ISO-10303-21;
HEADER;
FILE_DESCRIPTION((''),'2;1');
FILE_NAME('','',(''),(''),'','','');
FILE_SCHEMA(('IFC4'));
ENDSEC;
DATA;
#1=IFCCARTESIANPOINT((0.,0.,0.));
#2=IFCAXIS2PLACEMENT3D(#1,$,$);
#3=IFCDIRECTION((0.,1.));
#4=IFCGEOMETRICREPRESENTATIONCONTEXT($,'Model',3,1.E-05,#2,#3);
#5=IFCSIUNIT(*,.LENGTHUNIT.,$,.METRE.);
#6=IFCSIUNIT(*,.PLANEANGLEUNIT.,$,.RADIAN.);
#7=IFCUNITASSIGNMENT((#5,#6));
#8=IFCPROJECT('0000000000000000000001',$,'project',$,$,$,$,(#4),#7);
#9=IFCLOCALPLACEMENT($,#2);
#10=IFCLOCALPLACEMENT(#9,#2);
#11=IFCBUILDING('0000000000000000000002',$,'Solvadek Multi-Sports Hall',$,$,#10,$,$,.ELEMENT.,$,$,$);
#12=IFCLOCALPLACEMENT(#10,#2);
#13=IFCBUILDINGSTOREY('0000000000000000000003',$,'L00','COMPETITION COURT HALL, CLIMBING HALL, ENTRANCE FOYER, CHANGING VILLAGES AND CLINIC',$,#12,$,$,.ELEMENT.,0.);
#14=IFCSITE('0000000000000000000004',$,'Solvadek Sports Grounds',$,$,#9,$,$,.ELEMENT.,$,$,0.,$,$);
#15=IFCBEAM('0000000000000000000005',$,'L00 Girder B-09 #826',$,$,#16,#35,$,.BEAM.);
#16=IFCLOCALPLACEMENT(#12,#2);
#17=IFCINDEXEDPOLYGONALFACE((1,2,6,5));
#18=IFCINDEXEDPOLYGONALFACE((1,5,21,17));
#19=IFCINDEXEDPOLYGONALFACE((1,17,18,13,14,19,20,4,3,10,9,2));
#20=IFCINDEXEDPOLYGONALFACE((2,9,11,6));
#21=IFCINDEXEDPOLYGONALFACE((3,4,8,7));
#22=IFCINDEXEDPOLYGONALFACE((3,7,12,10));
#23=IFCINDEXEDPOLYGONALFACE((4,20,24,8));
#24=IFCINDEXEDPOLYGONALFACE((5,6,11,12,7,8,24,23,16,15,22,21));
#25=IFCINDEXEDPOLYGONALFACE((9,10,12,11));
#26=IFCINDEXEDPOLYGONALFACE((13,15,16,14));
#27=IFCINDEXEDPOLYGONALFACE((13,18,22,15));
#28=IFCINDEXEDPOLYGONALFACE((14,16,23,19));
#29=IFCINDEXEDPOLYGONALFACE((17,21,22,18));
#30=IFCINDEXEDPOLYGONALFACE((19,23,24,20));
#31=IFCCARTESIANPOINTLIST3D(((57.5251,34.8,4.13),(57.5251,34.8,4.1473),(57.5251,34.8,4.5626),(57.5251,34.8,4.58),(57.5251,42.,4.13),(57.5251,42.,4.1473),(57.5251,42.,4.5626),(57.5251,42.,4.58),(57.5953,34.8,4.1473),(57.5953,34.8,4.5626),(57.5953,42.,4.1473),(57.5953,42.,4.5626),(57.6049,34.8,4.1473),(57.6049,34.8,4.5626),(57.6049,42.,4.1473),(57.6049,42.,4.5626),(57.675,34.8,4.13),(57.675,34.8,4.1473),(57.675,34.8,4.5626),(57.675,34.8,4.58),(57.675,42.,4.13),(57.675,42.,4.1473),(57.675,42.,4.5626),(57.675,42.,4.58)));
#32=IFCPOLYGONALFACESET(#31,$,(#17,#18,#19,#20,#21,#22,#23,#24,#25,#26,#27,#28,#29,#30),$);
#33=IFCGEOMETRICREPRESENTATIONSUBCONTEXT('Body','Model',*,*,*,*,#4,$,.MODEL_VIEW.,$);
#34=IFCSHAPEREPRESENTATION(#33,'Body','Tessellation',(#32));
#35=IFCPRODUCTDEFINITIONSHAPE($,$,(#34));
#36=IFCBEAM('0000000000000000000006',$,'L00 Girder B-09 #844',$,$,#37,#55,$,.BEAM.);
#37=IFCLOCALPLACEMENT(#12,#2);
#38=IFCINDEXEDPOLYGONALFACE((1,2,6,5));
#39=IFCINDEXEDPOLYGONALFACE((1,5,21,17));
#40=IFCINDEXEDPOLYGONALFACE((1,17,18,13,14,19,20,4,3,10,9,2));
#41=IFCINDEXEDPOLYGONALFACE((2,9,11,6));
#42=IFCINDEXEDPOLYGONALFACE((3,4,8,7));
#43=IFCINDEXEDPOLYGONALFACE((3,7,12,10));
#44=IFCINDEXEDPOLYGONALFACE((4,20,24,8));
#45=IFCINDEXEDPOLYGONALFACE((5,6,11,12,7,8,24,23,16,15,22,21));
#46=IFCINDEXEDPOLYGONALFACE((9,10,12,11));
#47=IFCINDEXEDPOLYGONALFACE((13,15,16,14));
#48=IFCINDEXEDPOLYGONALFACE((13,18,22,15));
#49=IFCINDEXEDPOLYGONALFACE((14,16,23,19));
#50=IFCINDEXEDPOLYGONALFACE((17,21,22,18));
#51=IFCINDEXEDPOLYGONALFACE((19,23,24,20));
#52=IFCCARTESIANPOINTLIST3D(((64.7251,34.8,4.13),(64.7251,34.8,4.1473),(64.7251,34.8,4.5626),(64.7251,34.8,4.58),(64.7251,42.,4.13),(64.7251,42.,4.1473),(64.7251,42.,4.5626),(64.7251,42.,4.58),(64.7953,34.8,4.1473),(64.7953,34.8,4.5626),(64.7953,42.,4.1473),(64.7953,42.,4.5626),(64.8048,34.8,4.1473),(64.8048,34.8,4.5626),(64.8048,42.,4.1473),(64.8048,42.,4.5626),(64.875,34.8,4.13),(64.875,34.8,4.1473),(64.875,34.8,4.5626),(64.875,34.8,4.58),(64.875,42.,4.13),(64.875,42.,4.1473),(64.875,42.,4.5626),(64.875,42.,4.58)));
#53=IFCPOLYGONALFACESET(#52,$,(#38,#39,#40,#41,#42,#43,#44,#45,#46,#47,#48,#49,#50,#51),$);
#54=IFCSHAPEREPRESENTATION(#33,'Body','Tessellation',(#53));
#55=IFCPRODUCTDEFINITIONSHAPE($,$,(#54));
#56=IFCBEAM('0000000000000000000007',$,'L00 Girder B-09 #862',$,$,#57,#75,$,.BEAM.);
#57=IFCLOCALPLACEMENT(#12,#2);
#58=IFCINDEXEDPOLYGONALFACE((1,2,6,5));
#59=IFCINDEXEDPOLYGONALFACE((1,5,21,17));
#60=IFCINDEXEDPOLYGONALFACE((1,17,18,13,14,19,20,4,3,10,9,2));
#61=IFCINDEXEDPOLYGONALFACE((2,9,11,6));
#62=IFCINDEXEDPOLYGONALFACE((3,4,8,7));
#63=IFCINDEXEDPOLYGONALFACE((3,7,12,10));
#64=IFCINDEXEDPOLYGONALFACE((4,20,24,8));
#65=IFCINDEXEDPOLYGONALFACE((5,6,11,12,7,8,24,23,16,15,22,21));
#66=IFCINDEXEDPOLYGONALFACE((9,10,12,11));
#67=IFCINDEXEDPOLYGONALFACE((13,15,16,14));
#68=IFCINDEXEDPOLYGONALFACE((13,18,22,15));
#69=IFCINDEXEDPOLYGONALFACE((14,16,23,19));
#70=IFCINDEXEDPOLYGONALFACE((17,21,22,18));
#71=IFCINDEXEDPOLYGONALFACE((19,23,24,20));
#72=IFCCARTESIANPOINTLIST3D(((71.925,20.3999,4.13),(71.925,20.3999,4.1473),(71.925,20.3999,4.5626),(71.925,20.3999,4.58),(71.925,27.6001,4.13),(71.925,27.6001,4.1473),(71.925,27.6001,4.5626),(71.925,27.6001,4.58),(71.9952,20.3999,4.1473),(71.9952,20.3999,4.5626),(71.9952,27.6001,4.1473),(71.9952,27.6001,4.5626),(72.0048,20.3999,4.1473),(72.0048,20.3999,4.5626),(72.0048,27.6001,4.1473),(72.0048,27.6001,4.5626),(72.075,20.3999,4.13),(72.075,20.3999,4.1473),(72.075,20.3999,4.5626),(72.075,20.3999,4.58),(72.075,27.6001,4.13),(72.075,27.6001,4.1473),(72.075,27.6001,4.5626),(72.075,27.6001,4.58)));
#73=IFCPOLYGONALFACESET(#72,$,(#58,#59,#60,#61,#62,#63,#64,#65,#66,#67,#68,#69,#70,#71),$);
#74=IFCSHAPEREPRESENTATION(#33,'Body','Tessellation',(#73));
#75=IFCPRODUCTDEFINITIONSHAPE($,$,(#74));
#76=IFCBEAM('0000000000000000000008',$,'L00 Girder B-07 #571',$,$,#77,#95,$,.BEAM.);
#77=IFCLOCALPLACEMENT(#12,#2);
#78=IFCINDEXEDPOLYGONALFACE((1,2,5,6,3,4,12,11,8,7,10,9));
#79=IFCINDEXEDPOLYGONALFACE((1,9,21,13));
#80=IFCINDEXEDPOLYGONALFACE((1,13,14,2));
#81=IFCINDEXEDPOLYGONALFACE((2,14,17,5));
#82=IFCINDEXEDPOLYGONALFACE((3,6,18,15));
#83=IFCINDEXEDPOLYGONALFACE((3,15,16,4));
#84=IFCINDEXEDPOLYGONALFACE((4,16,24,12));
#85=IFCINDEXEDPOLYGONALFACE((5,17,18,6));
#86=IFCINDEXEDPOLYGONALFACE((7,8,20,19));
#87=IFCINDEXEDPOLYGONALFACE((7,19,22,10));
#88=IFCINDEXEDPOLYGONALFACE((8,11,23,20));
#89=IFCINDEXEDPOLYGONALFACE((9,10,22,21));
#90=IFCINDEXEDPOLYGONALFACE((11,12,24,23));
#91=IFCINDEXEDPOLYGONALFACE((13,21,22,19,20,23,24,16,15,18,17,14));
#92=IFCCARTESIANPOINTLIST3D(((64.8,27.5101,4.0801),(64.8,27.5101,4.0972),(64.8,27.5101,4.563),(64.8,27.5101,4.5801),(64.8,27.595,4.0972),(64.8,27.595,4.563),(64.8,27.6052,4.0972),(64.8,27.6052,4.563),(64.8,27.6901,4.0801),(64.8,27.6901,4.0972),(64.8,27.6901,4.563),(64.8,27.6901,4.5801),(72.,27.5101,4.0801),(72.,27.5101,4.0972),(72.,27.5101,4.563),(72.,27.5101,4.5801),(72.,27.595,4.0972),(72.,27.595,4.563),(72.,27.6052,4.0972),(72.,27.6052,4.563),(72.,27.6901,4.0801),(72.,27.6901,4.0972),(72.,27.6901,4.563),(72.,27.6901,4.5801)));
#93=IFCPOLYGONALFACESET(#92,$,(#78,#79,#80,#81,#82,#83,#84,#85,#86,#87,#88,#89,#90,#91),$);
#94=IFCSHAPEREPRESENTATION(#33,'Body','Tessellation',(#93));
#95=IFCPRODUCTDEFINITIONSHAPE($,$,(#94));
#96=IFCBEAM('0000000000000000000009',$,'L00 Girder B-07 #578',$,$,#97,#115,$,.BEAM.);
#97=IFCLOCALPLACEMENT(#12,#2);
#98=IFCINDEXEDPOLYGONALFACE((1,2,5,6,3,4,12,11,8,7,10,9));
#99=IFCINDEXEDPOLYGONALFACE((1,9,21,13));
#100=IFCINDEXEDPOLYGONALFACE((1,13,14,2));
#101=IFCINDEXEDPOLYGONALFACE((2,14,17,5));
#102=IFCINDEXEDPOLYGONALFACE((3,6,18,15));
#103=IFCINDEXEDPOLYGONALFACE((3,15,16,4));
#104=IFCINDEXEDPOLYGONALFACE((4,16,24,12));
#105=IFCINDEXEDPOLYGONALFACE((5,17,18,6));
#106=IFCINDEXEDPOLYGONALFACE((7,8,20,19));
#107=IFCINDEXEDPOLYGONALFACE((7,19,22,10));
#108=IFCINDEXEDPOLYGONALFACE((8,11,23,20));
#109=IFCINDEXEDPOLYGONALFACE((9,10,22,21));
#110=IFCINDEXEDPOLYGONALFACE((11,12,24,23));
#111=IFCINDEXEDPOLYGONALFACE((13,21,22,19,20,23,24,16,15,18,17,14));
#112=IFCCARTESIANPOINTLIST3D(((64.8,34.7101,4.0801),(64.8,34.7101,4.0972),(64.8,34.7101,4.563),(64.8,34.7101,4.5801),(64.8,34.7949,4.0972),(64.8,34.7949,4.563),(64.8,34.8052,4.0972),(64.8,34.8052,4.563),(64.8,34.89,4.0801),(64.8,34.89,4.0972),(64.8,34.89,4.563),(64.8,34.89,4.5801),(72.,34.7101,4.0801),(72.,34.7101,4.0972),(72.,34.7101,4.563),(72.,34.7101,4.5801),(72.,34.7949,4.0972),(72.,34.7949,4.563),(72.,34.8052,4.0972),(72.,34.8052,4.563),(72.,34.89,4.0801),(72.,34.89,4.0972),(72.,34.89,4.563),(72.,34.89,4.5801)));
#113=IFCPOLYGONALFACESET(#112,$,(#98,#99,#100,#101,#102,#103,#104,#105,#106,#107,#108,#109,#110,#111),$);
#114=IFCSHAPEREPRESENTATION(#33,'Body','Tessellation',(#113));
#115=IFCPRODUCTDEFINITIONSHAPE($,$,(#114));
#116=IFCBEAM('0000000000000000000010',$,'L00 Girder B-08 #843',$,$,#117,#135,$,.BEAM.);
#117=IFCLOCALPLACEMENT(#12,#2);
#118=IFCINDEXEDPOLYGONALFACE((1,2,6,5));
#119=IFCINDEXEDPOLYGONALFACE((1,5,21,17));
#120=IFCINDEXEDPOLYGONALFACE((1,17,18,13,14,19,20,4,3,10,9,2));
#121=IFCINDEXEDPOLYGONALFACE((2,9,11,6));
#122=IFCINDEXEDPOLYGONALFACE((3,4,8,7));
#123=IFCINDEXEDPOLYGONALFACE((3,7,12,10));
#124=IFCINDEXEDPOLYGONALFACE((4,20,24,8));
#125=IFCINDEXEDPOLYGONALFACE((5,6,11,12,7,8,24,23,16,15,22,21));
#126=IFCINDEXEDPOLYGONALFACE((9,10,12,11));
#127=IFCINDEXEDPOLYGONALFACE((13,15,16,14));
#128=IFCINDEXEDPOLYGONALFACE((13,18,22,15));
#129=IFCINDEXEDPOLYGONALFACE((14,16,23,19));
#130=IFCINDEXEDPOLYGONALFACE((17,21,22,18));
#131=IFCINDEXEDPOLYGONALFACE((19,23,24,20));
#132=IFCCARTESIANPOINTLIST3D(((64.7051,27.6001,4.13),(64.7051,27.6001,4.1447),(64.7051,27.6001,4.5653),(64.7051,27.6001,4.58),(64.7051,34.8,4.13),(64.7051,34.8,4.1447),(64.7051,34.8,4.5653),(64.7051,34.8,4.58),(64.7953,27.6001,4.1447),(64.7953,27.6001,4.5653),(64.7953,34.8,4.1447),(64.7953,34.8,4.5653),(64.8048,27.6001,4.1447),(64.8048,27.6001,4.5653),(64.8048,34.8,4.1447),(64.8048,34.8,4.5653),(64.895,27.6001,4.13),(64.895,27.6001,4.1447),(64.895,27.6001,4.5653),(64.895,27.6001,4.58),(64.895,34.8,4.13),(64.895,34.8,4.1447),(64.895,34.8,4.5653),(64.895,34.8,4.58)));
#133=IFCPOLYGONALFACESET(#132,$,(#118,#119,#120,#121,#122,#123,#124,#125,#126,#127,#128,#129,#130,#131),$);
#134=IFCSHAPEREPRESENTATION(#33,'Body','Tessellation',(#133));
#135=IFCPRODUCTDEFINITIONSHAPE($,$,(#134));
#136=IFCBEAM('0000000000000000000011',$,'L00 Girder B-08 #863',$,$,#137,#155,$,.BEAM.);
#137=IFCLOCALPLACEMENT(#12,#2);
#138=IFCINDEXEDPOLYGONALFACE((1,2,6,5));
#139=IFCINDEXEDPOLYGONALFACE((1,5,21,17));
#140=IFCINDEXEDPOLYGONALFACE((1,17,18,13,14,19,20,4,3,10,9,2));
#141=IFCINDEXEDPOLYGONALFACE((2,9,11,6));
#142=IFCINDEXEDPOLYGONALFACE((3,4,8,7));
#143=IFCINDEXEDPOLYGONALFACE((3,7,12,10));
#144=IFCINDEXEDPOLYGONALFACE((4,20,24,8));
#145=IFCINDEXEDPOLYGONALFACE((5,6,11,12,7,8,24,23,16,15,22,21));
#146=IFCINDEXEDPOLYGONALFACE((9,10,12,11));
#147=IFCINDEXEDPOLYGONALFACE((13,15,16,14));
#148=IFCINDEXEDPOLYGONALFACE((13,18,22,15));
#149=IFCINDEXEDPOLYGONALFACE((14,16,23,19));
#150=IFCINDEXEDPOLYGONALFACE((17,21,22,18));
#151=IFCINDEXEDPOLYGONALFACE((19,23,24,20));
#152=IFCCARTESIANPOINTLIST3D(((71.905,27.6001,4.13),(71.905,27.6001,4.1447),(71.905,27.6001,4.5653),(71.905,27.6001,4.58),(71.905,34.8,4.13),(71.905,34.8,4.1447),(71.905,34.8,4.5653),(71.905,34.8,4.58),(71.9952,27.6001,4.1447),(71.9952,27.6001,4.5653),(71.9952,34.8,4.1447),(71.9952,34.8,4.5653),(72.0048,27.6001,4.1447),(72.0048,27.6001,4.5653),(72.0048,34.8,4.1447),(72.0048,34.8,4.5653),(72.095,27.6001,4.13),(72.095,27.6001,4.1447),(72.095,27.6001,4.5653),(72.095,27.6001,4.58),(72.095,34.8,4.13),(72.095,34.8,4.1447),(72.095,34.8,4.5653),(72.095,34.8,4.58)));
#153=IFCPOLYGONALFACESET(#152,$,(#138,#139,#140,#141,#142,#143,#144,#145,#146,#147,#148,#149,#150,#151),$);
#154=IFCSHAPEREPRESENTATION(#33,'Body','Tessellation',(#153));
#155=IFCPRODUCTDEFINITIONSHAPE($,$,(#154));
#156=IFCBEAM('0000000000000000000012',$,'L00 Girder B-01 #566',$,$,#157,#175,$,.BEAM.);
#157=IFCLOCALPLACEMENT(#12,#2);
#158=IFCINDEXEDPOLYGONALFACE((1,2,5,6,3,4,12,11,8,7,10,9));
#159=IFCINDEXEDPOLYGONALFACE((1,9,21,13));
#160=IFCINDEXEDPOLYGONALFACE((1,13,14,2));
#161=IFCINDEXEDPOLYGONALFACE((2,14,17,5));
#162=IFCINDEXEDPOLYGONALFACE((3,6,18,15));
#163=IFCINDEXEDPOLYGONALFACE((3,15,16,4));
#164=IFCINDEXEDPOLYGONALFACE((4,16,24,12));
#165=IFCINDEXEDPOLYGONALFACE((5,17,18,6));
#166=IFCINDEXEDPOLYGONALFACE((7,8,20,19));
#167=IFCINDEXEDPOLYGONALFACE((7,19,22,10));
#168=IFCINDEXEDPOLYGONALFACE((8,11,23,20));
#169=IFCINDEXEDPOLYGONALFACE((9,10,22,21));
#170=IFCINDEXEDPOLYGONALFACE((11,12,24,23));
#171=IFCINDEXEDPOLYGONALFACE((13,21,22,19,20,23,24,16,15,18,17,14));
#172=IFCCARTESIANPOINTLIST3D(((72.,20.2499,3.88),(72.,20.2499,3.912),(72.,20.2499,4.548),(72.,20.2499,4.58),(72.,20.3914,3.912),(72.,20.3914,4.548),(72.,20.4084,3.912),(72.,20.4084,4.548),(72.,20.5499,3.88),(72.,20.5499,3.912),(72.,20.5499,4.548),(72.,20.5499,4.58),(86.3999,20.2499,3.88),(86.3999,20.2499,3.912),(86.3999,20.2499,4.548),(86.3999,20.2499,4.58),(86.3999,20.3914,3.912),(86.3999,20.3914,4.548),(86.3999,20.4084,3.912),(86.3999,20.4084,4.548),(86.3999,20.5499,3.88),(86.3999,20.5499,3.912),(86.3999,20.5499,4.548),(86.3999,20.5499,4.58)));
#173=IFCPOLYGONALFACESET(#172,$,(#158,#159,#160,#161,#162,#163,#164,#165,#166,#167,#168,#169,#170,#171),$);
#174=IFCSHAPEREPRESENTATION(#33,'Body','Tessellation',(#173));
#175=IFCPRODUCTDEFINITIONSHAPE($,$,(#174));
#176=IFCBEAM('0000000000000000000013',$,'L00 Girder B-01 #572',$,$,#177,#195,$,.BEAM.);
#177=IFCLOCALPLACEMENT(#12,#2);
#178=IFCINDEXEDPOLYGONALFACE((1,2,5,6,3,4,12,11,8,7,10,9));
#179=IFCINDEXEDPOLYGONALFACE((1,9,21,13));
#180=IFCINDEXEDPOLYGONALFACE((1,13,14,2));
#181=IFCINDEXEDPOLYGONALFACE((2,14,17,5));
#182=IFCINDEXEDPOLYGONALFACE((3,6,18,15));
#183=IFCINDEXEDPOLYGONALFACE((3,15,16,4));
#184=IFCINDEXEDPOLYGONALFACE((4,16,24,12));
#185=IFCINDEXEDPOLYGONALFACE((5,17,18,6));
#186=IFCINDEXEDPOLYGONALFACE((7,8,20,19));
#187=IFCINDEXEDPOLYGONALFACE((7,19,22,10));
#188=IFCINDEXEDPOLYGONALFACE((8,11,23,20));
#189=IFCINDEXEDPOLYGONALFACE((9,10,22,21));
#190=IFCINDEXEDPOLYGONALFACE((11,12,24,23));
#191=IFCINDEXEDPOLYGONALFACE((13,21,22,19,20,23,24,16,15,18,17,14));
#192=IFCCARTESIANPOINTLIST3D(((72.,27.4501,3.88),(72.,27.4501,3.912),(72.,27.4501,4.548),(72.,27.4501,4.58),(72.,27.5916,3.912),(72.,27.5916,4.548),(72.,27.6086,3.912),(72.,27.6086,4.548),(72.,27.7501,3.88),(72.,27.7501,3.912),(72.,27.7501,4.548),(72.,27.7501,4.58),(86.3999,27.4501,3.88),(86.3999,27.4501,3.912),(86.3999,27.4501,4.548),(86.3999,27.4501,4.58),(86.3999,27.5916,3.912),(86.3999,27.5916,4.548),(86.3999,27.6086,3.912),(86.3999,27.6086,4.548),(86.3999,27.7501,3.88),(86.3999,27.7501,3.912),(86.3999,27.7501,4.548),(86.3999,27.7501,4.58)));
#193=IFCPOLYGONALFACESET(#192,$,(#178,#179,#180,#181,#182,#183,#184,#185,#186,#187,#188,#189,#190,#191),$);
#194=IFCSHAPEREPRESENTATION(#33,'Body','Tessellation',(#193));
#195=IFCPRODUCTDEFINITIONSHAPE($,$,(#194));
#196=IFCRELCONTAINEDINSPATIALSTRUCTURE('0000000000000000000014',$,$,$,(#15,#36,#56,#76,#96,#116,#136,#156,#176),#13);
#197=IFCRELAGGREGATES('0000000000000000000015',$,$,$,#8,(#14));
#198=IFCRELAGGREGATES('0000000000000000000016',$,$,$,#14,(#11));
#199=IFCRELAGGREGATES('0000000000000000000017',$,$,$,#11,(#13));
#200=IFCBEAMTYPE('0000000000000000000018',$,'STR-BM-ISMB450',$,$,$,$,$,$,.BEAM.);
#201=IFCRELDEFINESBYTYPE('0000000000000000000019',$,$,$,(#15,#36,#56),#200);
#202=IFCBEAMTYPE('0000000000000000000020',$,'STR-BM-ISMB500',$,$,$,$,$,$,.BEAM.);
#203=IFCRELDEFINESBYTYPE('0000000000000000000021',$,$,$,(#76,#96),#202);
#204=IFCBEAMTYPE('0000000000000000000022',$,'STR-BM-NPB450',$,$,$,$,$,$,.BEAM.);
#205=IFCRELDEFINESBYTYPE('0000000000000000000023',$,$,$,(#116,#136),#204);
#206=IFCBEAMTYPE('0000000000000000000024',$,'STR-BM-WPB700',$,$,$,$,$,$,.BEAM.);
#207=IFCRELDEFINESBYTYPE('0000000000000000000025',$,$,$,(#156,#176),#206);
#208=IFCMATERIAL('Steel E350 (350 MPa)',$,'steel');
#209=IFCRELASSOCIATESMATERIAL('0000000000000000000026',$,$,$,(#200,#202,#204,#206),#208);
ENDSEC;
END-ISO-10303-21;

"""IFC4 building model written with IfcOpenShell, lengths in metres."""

from ifc_helpers import new_model, si_unit, direction, frame, origin, origin_2d, place, context, subcontext, project, spatial, i_section, extrude, material, material_profile, profile_set, type_object, element, save


model = new_model("IFC4")

# Units and contexts
model_context = context("Model", 3, precision=1e-05, world=origin(), true_north=direction((0.0, 1.0)))
body_context = subcontext(model_context, "Body", "Model", "MODEL_VIEW")
ifc_project = project(units=[si_unit("LENGTHUNIT", "METRE"), si_unit("PLANEANGLEUNIT", "RADIAN")], contexts=[model_context])

# Site, building, storey
site_placement = place(None, origin())
site = spatial("IfcSite", under=ifc_project, at=site_placement, Name="Solvadek Sports Grounds", CompositionType="ELEMENT", RefElevation=0.0)
building_placement = place(site_placement, origin())
building = spatial("IfcBuilding", under=site, at=building_placement, Name="Solvadek Multi-Sports Hall", CompositionType="ELEMENT")
storey_placement = place(building_placement, origin())
storey = spatial("IfcBuildingStorey", under=building, at=storey_placement, Name="L00", Description="COMPETITION COURT HALL, CLIMBING HALL, ENTRANCE FOYER, CHANGING VILLAGES AND CLINIC", CompositionType="ELEMENT", Elevation=0.0)

# Shared definitions
ifc_material_1 = material(Name="Steel E350 (350 MPa)", Category="steel")

# Beams
ifc_material_profile_1 = material_profile(ifc_material_1, i_section(OverallWidth=0.1499, OverallDepth=0.45, WebThickness=0.0095, FlangeThickness=0.0173, at=origin_2d()), Name="ISMB 450")
ifc_profile_set_1 = profile_set([ifc_material_profile_1], Name="Steel E350 (350 MPa)")
beam_type_1 = type_object("IfcBeamType", Name="STR-BM-ISMB450", PredefinedType="BEAM", material=ifc_profile_set_1)
for number, where, z_axis, x_axis, name in (
    (1, (57.6001, 34.8, 4.355), (0.0, 1.0, 0.0), (-1.0, 0.0, 0.0), "L00 Girder B-09 #826"),
    (2, (64.8, 34.8, 4.355), (0.0, 1.0, 0.0), (-1.0, 0.0, 0.0), "L00 Girder B-09 #844"),
):
    element("IfcBeam", number, at=place(storey_placement, frame(where, z_axis=z_axis, x_axis=x_axis)), inside=storey, type_object=beam_type_1, Name=name, PredefinedType="BEAM", context=body_context, shape_type="SweptSolid", body=[
        extrude(i_section(OverallWidth=0.1499, OverallDepth=0.45, WebThickness=0.0095, FlangeThickness=0.0173, at=origin_2d()), origin(), (0.0, 0.0, 1.0), 7.2),
    ])
beam_1_placement = place(storey_placement, frame((72.0, 20.3999, 4.355), z_axis=(0.0, 1.0, 0.0), x_axis=(-1.0, 0.0, 0.0)))
element("IfcBeam", 3, at=beam_1_placement, inside=storey, type_object=beam_type_1, Name="L00 Girder B-09 #862", PredefinedType="BEAM", context=body_context, shape_type="SweptSolid", body=[
    extrude(i_section(OverallWidth=0.1499, OverallDepth=0.45, WebThickness=0.0095, FlangeThickness=0.0173, at=origin_2d()), origin(), (0.0, 0.0, 1.0), 7.2002),
])
ifc_material_profile_2 = material_profile(ifc_material_1, i_section(OverallWidth=0.1799, OverallDepth=0.5, WebThickness=0.0103, FlangeThickness=0.0171, at=origin_2d()), Name="ISMB 500")
ifc_profile_set_2 = profile_set([ifc_material_profile_2], Name="Steel E350 (350 MPa)")
beam_type_2 = type_object("IfcBeamType", Name="STR-BM-ISMB500", PredefinedType="BEAM", material=ifc_profile_set_2)
for number, where, z_axis, x_axis, name in (
    (4, (64.8, 27.6001, 4.3301), (1.0, 0.0, 0.0), (0.0, 1.0, 0.0), "L00 Girder B-07 #571"),
    (5, (64.8, 34.8, 4.3301), (1.0, 0.0, 0.0), (0.0, 1.0, 0.0), "L00 Girder B-07 #578"),
):
    element("IfcBeam", number, at=place(storey_placement, frame(where, z_axis=z_axis, x_axis=x_axis)), inside=storey, type_object=beam_type_2, Name=name, PredefinedType="BEAM", context=body_context, shape_type="SweptSolid", body=[
        extrude(i_section(OverallWidth=0.1799, OverallDepth=0.5, WebThickness=0.0103, FlangeThickness=0.0171, at=origin_2d()), origin(), (0.0, 0.0, 1.0), 7.2),
    ])
ifc_material_profile_3 = material_profile(ifc_material_1, i_section(OverallWidth=0.1899, OverallDepth=0.45, WebThickness=0.0095, FlangeThickness=0.0146, at=origin_2d()), Name="NPB 450")
ifc_profile_set_3 = profile_set([ifc_material_profile_3], Name="Steel E350 (350 MPa)")
beam_type_3 = type_object("IfcBeamType", Name="STR-BM-NPB450", PredefinedType="BEAM", material=ifc_profile_set_3)
for number, where, z_axis, x_axis, name in (
    (6, (64.8, 27.6001, 4.355), (0.0, 1.0, 0.0), (-1.0, 0.0, 0.0), "L00 Girder B-08 #843"),
    (7, (72.0, 27.6001, 4.355), (0.0, 1.0, 0.0), (-1.0, 0.0, 0.0), "L00 Girder B-08 #863"),
):
    element("IfcBeam", number, at=place(storey_placement, frame(where, z_axis=z_axis, x_axis=x_axis)), inside=storey, type_object=beam_type_3, Name=name, PredefinedType="BEAM", context=body_context, shape_type="SweptSolid", body=[
        extrude(i_section(OverallWidth=0.1899, OverallDepth=0.45, WebThickness=0.0095, FlangeThickness=0.0146, at=origin_2d()), origin(), (0.0, 0.0, 1.0), 7.2),
    ])
ifc_material_profile_4 = material_profile(ifc_material_1, i_section(OverallWidth=0.3, OverallDepth=0.7, WebThickness=0.0171, FlangeThickness=0.032, at=origin_2d()), Name="WPB 700")
ifc_profile_set_4 = profile_set([ifc_material_profile_4], Name="Steel E350 (350 MPa)")
beam_type_4 = type_object("IfcBeamType", Name="STR-BM-WPB700", PredefinedType="BEAM", material=ifc_profile_set_4)
for number, where, z_axis, x_axis, name in (
    (8, (72.0, 20.3999, 4.23), (1.0, 0.0, 0.0), (0.0, 1.0, 0.0), "L00 Girder B-01 #566"),
    (9, (72.0, 27.6001, 4.23), (1.0, 0.0, 0.0), (0.0, 1.0, 0.0), "L00 Girder B-01 #572"),
):
    element("IfcBeam", number, at=place(storey_placement, frame(where, z_axis=z_axis, x_axis=x_axis)), inside=storey, type_object=beam_type_4, Name=name, PredefinedType="BEAM", context=body_context, shape_type="SweptSolid", body=[
        extrude(i_section(OverallWidth=0.3, OverallDepth=0.7, WebThickness=0.0171, FlangeThickness=0.032, at=origin_2d()), origin(), (0.0, 0.0, 1.0), 14.3999),
    ])

save(model, "model.ifc")
